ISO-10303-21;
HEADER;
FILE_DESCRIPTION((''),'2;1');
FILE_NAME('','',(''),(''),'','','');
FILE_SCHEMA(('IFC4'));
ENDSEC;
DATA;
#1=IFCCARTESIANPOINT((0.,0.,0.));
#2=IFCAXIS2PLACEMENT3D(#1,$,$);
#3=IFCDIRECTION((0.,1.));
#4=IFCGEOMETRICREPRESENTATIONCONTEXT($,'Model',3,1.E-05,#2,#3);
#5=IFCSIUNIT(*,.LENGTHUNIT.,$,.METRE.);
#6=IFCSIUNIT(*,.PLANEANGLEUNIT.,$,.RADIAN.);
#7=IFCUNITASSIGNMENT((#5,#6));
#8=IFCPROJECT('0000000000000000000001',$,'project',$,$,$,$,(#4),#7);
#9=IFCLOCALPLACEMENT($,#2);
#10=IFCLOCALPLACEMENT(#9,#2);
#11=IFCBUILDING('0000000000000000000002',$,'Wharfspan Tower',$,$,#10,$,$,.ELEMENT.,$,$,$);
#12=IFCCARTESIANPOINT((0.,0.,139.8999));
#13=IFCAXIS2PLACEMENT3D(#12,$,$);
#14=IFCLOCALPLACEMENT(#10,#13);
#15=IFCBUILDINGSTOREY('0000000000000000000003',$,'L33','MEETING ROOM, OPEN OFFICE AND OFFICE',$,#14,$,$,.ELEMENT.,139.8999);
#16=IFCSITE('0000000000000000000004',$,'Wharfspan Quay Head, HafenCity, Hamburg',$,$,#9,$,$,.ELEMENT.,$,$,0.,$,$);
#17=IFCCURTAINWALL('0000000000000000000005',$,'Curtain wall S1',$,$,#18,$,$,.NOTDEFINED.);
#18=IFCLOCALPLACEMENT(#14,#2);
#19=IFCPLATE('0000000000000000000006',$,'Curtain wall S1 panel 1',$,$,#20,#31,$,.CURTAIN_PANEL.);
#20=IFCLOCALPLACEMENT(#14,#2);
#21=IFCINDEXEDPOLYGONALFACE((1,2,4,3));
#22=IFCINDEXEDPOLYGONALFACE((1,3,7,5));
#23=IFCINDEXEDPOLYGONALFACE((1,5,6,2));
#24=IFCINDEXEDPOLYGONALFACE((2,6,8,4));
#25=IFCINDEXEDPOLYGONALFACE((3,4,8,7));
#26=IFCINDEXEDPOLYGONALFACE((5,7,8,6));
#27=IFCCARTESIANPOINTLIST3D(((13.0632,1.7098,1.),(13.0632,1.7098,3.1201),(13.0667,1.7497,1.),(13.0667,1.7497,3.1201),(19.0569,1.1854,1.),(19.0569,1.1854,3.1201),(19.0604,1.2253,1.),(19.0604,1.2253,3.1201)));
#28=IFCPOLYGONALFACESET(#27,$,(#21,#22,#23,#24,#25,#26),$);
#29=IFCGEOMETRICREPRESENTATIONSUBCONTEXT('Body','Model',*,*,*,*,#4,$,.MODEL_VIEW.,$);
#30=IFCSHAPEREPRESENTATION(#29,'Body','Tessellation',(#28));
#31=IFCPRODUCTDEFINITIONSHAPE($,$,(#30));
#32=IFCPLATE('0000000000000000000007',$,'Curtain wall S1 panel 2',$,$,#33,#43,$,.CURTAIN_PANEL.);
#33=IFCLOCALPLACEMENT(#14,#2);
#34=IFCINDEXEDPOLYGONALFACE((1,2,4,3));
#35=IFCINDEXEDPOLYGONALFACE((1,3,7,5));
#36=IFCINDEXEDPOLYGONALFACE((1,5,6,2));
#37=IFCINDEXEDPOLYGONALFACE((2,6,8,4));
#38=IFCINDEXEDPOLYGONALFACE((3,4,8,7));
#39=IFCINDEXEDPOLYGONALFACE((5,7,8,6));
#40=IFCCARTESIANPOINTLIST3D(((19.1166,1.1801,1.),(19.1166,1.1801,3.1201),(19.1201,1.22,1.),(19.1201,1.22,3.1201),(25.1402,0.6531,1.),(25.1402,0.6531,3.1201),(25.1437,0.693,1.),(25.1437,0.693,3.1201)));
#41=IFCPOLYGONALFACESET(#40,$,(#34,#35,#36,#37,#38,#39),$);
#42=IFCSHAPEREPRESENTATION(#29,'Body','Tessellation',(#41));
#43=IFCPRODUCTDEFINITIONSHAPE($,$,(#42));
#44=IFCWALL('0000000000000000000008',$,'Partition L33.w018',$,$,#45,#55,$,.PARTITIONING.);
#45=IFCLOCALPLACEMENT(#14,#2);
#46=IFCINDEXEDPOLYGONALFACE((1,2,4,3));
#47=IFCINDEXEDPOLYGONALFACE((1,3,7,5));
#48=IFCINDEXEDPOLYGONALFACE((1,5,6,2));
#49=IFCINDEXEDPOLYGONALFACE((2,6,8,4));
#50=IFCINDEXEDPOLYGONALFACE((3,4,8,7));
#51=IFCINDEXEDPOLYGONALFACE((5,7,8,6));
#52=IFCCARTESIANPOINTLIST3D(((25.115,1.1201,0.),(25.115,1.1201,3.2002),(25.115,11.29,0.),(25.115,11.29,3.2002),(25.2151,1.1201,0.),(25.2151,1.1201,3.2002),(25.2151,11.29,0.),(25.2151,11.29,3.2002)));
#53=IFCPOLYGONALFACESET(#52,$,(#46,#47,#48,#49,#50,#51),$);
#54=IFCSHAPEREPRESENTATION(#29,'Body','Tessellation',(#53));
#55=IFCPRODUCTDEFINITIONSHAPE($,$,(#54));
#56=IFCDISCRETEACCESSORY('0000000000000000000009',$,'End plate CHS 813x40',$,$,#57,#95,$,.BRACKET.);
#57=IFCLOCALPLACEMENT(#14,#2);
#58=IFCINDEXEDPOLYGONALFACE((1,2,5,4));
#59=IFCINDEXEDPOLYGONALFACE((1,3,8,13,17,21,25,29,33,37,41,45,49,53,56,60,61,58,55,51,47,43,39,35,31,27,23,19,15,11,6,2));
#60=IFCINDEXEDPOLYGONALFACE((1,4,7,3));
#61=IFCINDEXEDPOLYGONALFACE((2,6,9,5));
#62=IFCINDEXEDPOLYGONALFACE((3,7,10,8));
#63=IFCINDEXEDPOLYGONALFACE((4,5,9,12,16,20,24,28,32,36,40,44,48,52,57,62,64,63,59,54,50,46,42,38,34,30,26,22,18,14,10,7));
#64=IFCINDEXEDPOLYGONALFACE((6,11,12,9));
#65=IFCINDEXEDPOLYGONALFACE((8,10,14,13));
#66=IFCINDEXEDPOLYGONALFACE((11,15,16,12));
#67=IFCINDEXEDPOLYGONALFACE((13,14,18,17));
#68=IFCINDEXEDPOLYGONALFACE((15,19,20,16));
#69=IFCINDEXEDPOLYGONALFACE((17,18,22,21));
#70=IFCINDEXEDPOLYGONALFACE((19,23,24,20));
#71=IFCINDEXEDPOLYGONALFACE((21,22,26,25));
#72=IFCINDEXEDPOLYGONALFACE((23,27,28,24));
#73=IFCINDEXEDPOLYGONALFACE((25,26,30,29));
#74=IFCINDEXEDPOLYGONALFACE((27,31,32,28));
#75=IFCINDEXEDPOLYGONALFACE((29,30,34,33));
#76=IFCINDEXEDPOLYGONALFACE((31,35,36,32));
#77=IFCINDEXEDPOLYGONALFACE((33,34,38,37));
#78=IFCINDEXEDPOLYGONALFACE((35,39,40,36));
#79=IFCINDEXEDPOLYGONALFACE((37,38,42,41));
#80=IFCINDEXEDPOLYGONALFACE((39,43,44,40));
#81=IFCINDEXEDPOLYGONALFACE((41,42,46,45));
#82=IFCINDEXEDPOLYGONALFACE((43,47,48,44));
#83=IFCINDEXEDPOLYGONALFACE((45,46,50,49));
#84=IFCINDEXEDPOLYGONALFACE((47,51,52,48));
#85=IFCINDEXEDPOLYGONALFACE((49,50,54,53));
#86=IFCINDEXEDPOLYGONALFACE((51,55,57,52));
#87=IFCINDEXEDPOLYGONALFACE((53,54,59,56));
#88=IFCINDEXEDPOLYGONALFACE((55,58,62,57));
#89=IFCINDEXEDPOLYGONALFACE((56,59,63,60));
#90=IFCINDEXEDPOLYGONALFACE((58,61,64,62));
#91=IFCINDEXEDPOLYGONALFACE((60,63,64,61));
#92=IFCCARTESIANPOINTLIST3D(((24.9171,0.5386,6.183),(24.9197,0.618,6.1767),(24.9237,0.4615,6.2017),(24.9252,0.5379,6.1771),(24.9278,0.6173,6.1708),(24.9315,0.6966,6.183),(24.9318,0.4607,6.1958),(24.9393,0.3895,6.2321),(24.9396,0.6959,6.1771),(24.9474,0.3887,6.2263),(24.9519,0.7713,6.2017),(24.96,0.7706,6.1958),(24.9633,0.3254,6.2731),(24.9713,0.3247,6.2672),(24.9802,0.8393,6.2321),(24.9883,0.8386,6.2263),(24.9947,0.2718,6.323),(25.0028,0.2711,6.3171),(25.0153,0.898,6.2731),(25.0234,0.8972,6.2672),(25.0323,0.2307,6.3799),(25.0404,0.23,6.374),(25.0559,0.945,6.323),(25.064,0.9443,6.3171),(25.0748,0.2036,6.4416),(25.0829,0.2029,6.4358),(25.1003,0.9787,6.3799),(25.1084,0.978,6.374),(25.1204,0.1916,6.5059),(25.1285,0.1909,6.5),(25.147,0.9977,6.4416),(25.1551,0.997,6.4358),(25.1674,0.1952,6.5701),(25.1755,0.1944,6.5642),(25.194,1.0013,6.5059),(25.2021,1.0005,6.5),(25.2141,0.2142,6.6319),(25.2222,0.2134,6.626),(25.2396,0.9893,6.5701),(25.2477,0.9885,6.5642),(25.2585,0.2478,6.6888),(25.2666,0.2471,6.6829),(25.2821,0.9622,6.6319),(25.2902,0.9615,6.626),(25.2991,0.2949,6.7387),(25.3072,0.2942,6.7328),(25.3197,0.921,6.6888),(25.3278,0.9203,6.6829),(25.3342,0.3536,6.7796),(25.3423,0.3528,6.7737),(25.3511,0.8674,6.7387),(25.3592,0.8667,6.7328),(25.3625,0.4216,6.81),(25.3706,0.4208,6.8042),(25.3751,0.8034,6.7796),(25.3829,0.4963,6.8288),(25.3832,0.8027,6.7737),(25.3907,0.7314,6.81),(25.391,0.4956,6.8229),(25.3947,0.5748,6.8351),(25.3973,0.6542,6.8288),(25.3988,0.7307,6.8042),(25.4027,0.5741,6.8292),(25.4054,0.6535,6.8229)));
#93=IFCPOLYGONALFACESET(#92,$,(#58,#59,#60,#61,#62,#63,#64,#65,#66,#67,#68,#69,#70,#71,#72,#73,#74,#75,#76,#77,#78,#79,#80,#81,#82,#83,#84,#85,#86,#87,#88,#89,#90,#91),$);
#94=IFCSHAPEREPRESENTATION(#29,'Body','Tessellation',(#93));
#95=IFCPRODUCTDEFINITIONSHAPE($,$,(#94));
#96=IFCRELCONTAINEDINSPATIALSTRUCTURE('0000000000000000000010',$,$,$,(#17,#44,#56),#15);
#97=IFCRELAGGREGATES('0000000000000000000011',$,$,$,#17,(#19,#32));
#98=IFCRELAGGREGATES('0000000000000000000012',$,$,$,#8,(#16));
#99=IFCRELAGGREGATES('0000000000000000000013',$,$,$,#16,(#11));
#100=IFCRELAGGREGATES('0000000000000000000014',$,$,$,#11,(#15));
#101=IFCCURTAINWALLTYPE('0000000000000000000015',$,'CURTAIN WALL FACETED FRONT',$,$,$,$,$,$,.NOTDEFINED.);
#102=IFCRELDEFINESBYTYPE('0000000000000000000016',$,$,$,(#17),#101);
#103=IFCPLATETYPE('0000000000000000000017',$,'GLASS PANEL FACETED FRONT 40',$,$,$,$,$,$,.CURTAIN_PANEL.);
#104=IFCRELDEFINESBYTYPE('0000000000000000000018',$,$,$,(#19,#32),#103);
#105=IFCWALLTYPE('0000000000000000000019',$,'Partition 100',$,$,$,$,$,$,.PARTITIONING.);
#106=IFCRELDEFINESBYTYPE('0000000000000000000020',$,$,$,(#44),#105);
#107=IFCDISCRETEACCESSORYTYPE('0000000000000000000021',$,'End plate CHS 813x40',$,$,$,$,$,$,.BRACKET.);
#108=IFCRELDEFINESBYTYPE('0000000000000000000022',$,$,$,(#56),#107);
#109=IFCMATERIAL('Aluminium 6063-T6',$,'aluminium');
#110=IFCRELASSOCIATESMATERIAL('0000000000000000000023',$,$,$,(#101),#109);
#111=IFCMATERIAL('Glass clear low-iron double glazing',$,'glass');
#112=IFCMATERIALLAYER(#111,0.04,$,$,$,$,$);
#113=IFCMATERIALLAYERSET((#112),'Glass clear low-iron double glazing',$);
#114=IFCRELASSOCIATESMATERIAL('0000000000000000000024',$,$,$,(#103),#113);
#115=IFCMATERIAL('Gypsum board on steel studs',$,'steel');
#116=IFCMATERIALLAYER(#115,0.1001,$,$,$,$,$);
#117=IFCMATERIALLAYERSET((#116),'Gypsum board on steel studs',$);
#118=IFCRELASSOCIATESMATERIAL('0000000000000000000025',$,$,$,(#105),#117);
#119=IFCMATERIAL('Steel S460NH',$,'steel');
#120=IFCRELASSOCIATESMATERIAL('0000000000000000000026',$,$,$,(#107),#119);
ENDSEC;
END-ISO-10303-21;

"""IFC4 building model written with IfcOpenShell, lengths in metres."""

from ifc_helpers import new_model, si_unit, direction, frame, frame_2d, origin, origin_2d, place, context, subcontext, project, spatial, rectangle, circle, extrude, material, layer, layer_set, material_profile, profile_set, type_object, element, aggregate, save


model = new_model("IFC4")

# Units and contexts
model_context = context("Model", 3, precision=1e-05, world=origin(), true_north=direction((0.0, 1.0)))
body_context = subcontext(model_context, "Body", "Model", "MODEL_VIEW")
ifc_project = project(units=[si_unit("LENGTHUNIT", "METRE"), si_unit("PLANEANGLEUNIT", "RADIAN")], contexts=[model_context])

# Site, building, storey
site_placement = place(None, origin())
site = spatial("IfcSite", under=ifc_project, at=site_placement, Name="Wharfspan Quay Head, HafenCity, Hamburg", CompositionType="ELEMENT", RefElevation=0.0)
building_placement = place(site_placement, origin())
building = spatial("IfcBuilding", under=site, at=building_placement, Name="Wharfspan Tower", CompositionType="ELEMENT")
storey_placement = place(building_placement, frame((0.0, 0.0, 139.8999)))
storey = spatial("IfcBuildingStorey", under=building, at=storey_placement, Name="L33", Description="MEETING ROOM, OPEN OFFICE AND OFFICE", CompositionType="ELEMENT", Elevation=139.8999)

# Curtain wall
ifc_material_1 = material(Name="Aluminium 6063-T6", Category="aluminium")
curtain_wall_type_1 = type_object("IfcCurtainWallType", Name="CURTAIN WALL FACETED FRONT", PredefinedType="NOTDEFINED", material=ifc_material_1)
curtain_wall_1_placement = place(storey_placement, origin())
curtain_wall_1 = element("IfcCurtainWall", 1, at=curtain_wall_1_placement, inside=storey, type_object=curtain_wall_type_1, Name="Curtain wall S1", PredefinedType="NOTDEFINED")

# Plates
ifc_material_2 = material(Name="Glass clear low-iron double glazing", Category="glass")
ifc_layer_1 = layer(ifc_material_2, 0.04)
ifc_layer_set_1 = layer_set([ifc_layer_1], Name="Glass clear low-iron double glazing")
plate_type = type_object("IfcPlateType", Name="GLASS PANEL FACETED FRONT 40", PredefinedType="CURTAIN_PANEL", material=ifc_layer_set_1)
plate_1_placement = place(storey_placement, frame((16.0618, 1.4675, 1.0), z_axis=(0.0, 0.0, 1.0), x_axis=(0.996198, -0.087156, 0.0)))
plate_1 = element("IfcPlate", 2, at=plate_1_placement, type_object=plate_type, Name="Curtain wall S1 panel 1", PredefinedType="CURTAIN_PANEL", context=body_context, shape_type="SweptSolid", body=[
    extrude(rectangle(XDim=6.0166, YDim=0.04, at=origin_2d()), origin(), (0.0, 0.0, 1.0), 2.1201),
])
plate_2_placement = place(storey_placement, frame((22.1301, 0.9365, 1.0), z_axis=(0.0, 0.0, 1.0), x_axis=(0.996198, -0.087156, 0.0)))
plate_2 = element("IfcPlate", 3, at=plate_2_placement, type_object=plate_type, Name="Curtain wall S1 panel 2", PredefinedType="CURTAIN_PANEL", context=body_context, shape_type="SweptSolid", body=[
    extrude(rectangle(XDim=6.0466, YDim=0.04, at=origin_2d()), origin(), (0.0, 0.0, 1.0), 2.1201),
])
aggregate(curtain_wall_1, [plate_1, plate_2])

# Wall
ifc_material_3 = material(Name="Gypsum board on steel studs", Category="steel")
ifc_layer_2 = layer(ifc_material_3, 0.1001)
ifc_layer_set_2 = layer_set([ifc_layer_2], Name="Gypsum board on steel studs")
wall_type = type_object("IfcWallType", Name="Partition 100", PredefinedType="PARTITIONING", material=ifc_layer_set_2)
wall_placement = place(storey_placement, frame((25.165, 1.1201, 0.0), z_axis=(0.0, 0.0, 1.0), x_axis=(0.0, 1.0, 0.0)))
element("IfcWall", 4, at=wall_placement, inside=storey, type_object=wall_type, Name="Partition L33.w018", PredefinedType="PARTITIONING", context=body_context, shape_type="SweptSolid", body=[
    extrude(rectangle(XDim=10.1699, YDim=0.1001, at=frame_2d((5.085, 0.0))), origin(), (0.0, 0.0, 1.0), 3.2002),
])

# Discrete accessory
ifc_material_4 = material(Name="Steel S460NH", Category="steel")
ifc_material_profile_1 = material_profile(ifc_material_4, circle(Radius=0.4065, at=origin_2d()))
ifc_profile_set_1 = profile_set([ifc_material_profile_1], Name="Steel S460NH")
discrete_accessory_type = type_object("IfcDiscreteAccessoryType", Name="End plate CHS 813x40", PredefinedType="BRACKET", material=ifc_profile_set_1)
discrete_accessory_placement = place(storey_placement, frame((25.1653, 0.5957, 6.5), z_axis=(-0.806559, 0.073324, 0.586588), x_axis=(-0.090536, -0.99589, 0.0)))
element("IfcDiscreteAccessory", 5, at=discrete_accessory_placement, inside=storey, type_object=discrete_accessory_type, Name="End plate CHS 813x40", PredefinedType="BRACKET", context=body_context, shape_type="SweptSolid", body=[
    extrude(circle(Radius=0.4065, at=origin_2d()), origin(), (0.0, 0.0, 1.0), 0.01),
])

save(model, "model.ifc")
